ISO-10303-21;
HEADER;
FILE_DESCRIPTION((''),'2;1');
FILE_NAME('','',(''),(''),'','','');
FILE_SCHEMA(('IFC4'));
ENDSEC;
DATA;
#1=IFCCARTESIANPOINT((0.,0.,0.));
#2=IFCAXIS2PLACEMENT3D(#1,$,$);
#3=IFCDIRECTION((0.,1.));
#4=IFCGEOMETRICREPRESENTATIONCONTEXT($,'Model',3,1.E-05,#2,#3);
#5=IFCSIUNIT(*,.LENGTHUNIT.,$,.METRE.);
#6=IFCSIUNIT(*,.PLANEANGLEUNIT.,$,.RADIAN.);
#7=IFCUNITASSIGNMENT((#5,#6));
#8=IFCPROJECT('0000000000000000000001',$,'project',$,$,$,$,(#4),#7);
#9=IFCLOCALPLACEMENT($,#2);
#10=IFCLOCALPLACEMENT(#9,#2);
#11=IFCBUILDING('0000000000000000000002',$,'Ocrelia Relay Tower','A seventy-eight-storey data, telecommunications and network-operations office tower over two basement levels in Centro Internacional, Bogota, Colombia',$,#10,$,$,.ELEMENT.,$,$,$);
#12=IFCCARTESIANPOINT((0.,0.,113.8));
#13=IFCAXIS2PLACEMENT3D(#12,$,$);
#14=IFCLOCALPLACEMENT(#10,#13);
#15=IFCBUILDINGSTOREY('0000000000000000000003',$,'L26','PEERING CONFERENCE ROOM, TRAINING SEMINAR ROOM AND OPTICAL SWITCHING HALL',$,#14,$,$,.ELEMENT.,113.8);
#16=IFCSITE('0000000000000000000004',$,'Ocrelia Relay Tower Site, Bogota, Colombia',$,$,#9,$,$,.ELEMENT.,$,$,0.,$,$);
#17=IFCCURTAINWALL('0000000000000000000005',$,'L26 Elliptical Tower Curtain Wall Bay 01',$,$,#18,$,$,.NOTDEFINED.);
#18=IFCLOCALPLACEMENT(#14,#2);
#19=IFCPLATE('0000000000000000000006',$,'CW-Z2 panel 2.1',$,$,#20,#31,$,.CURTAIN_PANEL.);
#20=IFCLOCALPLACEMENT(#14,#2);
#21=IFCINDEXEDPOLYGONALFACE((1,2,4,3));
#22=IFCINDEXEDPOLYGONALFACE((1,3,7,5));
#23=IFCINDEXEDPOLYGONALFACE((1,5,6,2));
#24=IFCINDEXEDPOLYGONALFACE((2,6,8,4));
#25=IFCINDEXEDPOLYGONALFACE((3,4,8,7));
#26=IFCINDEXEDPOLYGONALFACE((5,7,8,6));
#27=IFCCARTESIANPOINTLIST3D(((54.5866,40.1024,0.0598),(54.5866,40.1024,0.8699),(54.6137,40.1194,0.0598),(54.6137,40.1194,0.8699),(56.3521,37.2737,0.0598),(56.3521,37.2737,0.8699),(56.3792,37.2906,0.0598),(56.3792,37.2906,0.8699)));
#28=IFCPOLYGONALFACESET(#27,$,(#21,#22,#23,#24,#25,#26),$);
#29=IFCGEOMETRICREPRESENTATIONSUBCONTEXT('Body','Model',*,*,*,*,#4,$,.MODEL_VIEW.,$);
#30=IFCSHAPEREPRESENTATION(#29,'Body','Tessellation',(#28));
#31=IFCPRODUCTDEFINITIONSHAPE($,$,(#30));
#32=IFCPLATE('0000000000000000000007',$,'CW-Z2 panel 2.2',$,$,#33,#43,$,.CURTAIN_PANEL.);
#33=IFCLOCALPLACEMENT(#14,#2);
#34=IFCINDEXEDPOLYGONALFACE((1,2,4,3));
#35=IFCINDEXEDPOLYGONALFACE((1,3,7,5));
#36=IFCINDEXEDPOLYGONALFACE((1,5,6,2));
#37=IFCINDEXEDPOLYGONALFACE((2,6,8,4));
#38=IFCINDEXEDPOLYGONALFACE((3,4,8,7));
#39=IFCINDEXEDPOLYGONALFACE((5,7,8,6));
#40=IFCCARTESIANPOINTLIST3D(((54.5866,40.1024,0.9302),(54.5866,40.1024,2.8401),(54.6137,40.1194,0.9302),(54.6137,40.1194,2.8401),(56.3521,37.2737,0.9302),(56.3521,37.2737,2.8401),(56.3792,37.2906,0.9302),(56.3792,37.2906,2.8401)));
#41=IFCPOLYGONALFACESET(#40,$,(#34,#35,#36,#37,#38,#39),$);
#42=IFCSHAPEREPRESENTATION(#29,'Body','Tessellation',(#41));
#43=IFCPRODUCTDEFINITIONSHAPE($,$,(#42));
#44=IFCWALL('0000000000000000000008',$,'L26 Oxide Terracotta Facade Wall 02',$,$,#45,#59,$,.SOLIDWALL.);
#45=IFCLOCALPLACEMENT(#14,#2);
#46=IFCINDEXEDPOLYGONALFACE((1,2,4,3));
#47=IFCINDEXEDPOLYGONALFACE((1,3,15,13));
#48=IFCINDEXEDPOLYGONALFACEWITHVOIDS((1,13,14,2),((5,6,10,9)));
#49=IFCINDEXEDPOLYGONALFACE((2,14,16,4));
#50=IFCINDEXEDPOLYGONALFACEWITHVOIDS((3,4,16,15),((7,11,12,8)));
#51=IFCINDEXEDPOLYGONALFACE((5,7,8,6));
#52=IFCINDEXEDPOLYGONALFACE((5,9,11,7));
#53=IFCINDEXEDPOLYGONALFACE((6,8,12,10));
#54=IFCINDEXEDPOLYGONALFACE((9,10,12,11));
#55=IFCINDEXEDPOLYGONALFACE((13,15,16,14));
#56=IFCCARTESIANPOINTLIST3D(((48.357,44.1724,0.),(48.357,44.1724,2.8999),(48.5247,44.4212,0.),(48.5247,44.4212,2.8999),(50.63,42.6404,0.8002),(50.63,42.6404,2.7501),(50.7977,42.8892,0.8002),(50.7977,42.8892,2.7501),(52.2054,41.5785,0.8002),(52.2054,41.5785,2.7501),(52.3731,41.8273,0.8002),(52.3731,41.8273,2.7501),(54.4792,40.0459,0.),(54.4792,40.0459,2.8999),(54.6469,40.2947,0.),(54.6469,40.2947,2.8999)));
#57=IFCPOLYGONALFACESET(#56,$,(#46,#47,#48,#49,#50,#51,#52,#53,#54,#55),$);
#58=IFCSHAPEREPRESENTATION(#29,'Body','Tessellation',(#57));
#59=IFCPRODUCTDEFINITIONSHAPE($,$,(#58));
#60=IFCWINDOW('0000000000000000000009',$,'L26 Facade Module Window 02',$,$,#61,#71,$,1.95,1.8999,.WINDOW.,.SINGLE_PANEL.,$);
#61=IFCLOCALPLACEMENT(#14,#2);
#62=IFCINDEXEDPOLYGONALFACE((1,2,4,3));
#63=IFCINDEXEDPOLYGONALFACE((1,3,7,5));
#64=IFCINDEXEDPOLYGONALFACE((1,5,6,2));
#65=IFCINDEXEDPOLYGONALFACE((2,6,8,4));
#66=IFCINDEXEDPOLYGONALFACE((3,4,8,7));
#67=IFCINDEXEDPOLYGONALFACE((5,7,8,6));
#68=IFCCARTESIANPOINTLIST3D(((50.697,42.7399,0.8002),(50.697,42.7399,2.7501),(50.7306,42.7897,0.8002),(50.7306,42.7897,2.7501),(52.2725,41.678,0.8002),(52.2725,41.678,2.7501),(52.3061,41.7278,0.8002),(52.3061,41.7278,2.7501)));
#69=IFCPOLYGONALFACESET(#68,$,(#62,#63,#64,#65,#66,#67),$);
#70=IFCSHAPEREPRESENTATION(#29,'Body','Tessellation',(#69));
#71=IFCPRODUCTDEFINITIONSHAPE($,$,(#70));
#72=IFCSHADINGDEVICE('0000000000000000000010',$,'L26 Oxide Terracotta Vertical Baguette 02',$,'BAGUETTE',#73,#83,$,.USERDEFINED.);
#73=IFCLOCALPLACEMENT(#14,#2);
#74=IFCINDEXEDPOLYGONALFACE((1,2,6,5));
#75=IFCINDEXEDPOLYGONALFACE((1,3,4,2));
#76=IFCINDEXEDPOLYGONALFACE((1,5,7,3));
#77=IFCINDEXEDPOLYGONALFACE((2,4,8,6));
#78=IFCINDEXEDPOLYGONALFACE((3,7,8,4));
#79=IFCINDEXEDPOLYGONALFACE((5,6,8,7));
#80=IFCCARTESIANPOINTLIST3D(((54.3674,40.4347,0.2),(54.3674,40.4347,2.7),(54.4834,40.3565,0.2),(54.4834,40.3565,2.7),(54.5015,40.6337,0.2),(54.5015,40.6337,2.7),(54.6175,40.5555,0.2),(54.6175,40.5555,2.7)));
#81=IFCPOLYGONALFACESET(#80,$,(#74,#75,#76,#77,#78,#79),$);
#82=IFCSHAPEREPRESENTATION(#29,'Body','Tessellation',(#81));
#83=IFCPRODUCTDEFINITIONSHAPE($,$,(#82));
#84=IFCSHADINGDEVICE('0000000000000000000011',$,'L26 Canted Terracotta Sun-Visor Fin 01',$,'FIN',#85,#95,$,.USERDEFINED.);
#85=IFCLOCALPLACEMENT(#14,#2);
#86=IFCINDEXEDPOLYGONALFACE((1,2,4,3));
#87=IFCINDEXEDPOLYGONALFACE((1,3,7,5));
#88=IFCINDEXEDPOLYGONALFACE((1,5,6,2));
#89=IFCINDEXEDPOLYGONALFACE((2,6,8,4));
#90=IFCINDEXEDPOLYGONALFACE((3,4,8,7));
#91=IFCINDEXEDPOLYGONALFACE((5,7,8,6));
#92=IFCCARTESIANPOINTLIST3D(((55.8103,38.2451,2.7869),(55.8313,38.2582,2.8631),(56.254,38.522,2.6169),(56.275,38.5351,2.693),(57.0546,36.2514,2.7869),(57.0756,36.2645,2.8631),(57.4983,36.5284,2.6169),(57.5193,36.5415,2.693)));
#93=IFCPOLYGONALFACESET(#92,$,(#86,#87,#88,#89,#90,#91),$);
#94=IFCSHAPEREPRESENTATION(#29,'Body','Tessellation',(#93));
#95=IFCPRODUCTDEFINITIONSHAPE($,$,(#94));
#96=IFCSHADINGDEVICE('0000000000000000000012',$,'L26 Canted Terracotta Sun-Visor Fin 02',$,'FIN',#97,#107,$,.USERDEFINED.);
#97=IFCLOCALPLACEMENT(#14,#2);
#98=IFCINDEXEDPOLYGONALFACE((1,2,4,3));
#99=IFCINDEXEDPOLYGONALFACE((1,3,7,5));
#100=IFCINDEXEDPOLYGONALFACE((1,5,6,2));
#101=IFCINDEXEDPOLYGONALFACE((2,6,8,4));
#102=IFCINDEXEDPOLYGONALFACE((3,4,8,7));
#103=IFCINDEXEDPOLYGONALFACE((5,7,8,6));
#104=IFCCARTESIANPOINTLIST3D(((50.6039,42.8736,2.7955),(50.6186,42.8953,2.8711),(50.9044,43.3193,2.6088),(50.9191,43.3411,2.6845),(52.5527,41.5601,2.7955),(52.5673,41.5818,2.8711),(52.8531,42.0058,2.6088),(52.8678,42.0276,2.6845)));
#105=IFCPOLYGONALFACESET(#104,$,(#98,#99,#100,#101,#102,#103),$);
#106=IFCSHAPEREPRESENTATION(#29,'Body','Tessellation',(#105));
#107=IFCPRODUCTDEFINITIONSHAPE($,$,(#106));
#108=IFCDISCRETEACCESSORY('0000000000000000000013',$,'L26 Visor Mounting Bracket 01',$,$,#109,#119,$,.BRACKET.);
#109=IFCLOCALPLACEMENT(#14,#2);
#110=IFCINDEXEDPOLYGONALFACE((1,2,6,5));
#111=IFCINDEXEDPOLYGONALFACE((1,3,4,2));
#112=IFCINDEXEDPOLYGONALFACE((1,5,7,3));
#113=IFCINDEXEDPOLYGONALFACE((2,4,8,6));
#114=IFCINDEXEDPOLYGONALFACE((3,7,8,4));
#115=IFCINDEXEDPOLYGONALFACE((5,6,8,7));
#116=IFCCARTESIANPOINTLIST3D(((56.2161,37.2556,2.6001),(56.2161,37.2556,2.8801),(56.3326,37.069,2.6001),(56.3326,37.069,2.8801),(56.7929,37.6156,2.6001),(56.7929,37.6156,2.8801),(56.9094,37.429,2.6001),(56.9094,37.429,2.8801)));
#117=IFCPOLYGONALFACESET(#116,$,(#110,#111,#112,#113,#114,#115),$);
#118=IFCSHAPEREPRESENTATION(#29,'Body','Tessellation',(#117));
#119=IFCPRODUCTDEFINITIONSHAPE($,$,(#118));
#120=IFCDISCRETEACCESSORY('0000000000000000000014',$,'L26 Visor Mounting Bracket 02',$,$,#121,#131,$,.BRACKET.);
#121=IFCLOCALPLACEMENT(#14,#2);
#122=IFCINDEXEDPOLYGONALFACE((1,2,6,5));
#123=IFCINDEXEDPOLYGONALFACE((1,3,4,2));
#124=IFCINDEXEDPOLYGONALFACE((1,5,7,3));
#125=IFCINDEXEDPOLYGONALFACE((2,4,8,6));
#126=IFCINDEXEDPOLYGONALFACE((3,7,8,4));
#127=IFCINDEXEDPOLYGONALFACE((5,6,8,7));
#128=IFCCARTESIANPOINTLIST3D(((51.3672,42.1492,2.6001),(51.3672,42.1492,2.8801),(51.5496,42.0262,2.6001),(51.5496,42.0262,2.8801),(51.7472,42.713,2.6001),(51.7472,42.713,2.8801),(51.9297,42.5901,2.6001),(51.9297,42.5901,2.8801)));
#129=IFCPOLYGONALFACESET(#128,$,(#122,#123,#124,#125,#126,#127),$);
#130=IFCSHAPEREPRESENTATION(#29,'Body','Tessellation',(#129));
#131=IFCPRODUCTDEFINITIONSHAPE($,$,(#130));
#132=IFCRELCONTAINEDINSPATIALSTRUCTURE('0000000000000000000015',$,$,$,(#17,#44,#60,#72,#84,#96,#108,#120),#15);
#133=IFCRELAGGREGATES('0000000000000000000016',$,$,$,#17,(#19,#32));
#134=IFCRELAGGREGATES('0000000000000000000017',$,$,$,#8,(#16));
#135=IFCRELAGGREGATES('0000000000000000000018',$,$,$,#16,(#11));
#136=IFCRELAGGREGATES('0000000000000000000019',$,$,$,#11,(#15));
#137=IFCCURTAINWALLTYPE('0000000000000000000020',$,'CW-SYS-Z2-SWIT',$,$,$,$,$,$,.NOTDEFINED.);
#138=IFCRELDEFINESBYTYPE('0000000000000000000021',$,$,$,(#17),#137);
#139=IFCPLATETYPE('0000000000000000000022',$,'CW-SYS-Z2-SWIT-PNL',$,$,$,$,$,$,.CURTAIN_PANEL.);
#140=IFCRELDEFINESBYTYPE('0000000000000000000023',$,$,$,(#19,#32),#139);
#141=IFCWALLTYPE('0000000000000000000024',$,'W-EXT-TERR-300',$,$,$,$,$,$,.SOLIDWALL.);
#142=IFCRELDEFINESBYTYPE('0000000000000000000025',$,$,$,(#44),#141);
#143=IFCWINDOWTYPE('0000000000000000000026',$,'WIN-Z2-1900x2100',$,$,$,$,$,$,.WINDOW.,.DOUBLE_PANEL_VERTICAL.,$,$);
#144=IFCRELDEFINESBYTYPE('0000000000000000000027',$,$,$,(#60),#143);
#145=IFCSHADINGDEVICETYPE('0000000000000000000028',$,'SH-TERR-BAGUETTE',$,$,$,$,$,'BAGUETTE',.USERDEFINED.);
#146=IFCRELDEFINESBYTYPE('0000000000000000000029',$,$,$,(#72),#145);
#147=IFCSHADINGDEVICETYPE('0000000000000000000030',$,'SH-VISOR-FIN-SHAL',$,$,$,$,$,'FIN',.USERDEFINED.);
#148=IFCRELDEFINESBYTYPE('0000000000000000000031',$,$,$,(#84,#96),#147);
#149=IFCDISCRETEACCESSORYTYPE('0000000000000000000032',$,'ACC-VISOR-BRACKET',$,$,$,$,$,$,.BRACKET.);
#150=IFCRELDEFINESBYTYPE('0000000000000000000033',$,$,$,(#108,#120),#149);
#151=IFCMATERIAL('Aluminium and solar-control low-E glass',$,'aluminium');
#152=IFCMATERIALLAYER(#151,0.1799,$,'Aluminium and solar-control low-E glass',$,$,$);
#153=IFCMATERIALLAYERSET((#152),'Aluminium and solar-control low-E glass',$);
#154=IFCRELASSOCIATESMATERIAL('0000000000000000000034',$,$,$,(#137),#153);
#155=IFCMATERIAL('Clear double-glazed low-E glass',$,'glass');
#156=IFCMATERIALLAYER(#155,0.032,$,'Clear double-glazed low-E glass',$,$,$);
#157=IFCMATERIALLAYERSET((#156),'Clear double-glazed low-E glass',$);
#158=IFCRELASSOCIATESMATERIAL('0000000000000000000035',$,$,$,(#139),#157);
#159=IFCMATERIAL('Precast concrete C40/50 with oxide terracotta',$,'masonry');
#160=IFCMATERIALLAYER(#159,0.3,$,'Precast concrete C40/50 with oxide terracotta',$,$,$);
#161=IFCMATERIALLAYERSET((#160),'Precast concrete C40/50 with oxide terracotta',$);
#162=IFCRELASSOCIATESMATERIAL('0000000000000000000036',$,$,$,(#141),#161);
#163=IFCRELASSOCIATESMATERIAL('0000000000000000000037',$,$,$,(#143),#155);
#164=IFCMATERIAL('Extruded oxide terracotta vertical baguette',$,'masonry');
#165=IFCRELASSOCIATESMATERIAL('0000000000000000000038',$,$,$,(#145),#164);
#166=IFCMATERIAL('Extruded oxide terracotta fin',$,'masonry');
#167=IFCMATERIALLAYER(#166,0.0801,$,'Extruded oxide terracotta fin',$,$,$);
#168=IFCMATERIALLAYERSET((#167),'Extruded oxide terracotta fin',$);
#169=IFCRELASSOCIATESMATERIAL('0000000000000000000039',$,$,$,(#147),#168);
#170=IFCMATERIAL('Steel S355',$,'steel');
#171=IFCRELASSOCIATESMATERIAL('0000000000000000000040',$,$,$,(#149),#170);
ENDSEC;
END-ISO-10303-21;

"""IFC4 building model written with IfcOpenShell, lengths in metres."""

from ifc_helpers import new_model, si_unit, direction, frame, frame_2d, origin, origin_2d, place, context, subcontext, project, spatial, rectangle, extrude, material, layer, layer_set, type_object, element, fill, aggregate, save


model = new_model("IFC4")

# Units and contexts
model_context = context("Model", 3, precision=1e-05, world=origin(), true_north=direction((0.0, 1.0)))
body_context = subcontext(model_context, "Body", "Model", "MODEL_VIEW")
ifc_project = project(units=[si_unit("LENGTHUNIT", "METRE"), si_unit("PLANEANGLEUNIT", "RADIAN")], contexts=[model_context])

# Site, building, storey
site_placement = place(None, origin())
site = spatial("IfcSite", under=ifc_project, at=site_placement, Name="Ocrelia Relay Tower Site, Bogota, Colombia", CompositionType="ELEMENT", RefElevation=0.0)
building_placement = place(site_placement, origin())
building = spatial("IfcBuilding", under=site, at=building_placement, Name="Ocrelia Relay Tower", Description="A seventy-eight-storey data, telecommunications and network-operations office tower over two basement levels in Centro Internacional, Bogota, Colombia", CompositionType="ELEMENT")
storey_placement = place(building_placement, frame((0.0, 0.0, 113.8)))
storey = spatial("IfcBuildingStorey", under=building, at=storey_placement, Name="L26", Description="PEERING CONFERENCE ROOM, TRAINING SEMINAR ROOM AND OPTICAL SWITCHING HALL", CompositionType="ELEMENT", Elevation=113.8)

# Shared definitions
ifc_material_1 = material(Name="Steel S355", Category="steel")

# Curtain wall, plates
ifc_material_2 = material(Name="Aluminium and solar-control low-E glass", Category="aluminium")
ifc_layer_1 = layer(ifc_material_2, 0.1799, Name="Aluminium and solar-control low-E glass")
ifc_layer_set_1 = layer_set([ifc_layer_1], Name="Aluminium and solar-control low-E glass")
curtain_wall_type = type_object("IfcCurtainWallType", Name="CW-SYS-Z2-SWIT", PredefinedType="NOTDEFINED", material=ifc_layer_set_1)
curtain_wall_placement = place(storey_placement, origin())
curtain_wall = element("IfcCurtainWall", 1, at=curtain_wall_placement, inside=storey, type_object=curtain_wall_type, Name="L26 Elliptical Tower Curtain Wall Bay 01", PredefinedType="NOTDEFINED")
ifc_material_3 = material(Name="Clear double-glazed low-E glass", Category="glass")
ifc_layer_2 = layer(ifc_material_3, 0.032, Name="Clear double-glazed low-E glass")
ifc_layer_set_2 = layer_set([ifc_layer_2], Name="Clear double-glazed low-E glass")
plate_type = type_object("IfcPlateType", Name="CW-SYS-Z2-SWIT-PNL", PredefinedType="CURTAIN_PANEL", material=ifc_layer_set_2)
plate_1_placement = place(storey_placement, frame((55.4829, 38.6965, 0.0598), z_axis=(0.0, 0.0, 1.0), x_axis=(-0.529468, 0.84833, 0.0)))
plate_1 = element("IfcPlate", 2, at=plate_1_placement, type_object=plate_type, Name="CW-Z2 panel 2.1", PredefinedType="CURTAIN_PANEL", context=body_context, shape_type="SweptSolid", body=[
    extrude(rectangle(XDim=3.3345, YDim=0.032, at=origin_2d()), origin(), (0.0, 0.0, 1.0), 0.8101),
])
plate_2_placement = place(storey_placement, frame((55.4829, 38.6965, 0.9302), z_axis=(0.0, 0.0, 1.0), x_axis=(-0.529468, 0.84833, 0.0)))
plate_2 = element("IfcPlate", 3, at=plate_2_placement, type_object=plate_type, Name="CW-Z2 panel 2.2", PredefinedType="CURTAIN_PANEL", context=body_context, shape_type="SweptSolid", body=[
    extrude(rectangle(XDim=3.3345, YDim=0.032, at=origin_2d()), origin(), (0.0, 0.0, 1.0), 1.9099),
])
aggregate(curtain_wall, [plate_1, plate_2])

# Wall, opening, window
ifc_material_4 = material(Name="Precast concrete C40/50 with oxide terracotta", Category="masonry")
ifc_layer_3 = layer(ifc_material_4, 0.3, Name="Precast concrete C40/50 with oxide terracotta")
ifc_layer_set_3 = layer_set([ifc_layer_3], Name="Precast concrete C40/50 with oxide terracotta")
wall_type = type_object("IfcWallType", Name="W-EXT-TERR-300", PredefinedType="SOLIDWALL", material=ifc_layer_set_3)
wall_placement = place(storey_placement, frame((54.563, 40.1704, 0.0), z_axis=(0.0, 0.0, 1.0), x_axis=(-0.829231, 0.558905, 0.0)))
wall = element("IfcWall", 4, at=wall_placement, inside=storey, type_object=wall_type, Name="L26 Oxide Terracotta Facade Wall 02", PredefinedType="SOLIDWALL", context=body_context, shape_type="SweptSolid", body=[
    extrude(rectangle(XDim=7.3831, YDim=0.3, at=frame_2d((3.6914, 0.0))), origin(), (0.0, 0.0, 1.0), 2.8999),
])
opening_placement = place(wall_placement, frame((2.7419, 0.0, 0.8)))
opening = element("IfcOpeningElement", 5, at=opening_placement, cuts=wall, PredefinedType="OPENING", context=body_context, shape_type="SweptSolid", body=[
    extrude(rectangle(XDim=1.8999, YDim=1.95, at=frame_2d((0.95, 0.9751))), frame((0.0, 0.1602, 0.0), z_axis=(0.0, -1.0, 0.0), x_axis=(1.0, 0.0, 0.0)), (0.0, 0.0, 1.0), 0.3201),
])
window_type = type_object("IfcWindowType", Name="WIN-Z2-1900x2100", PartitioningType="DOUBLE_PANEL_VERTICAL", PredefinedType="WINDOW", material=ifc_material_3)
window_placement = place(opening_placement, origin())
window = element("IfcWindow", 6, at=window_placement, inside=storey, type_object=window_type, Name="L26 Facade Module Window 02", OverallHeight=1.95, OverallWidth=1.8999, PartitioningType="SINGLE_PANEL", PredefinedType="WINDOW", context=body_context, shape_type="SweptSolid", body=[
    extrude(rectangle(XDim=1.8999, YDim=1.95, at=frame_2d((0.95, 0.9751))), frame((0.0, 0.03, 0.0), z_axis=(0.0, -1.0, 0.0), x_axis=(1.0, 0.0, 0.0)), (0.0, 0.0, 1.0), 0.0601),
])
fill(opening, window)

# Shading devices
ifc_material_5 = material(Name="Extruded oxide terracotta vertical baguette", Category="masonry")
shading_device_type_1 = type_object("IfcShadingDeviceType", Name="SH-TERR-BAGUETTE", ElementType="BAGUETTE", PredefinedType="USERDEFINED", material=ifc_material_5)
shading_device_1_placement = place(storey_placement, frame((54.4924, 40.4951, 0.2), z_axis=(0.0, 0.0, 1.0), x_axis=(-0.829227, 0.558913, 0.0)))
element("IfcShadingDevice", 7, at=shading_device_1_placement, inside=storey, type_object=shading_device_type_1, Name="L26 Oxide Terracotta Vertical Baguette 02", ObjectType="BAGUETTE", PredefinedType="USERDEFINED", context=body_context, shape_type="SweptSolid", body=[
    extrude(rectangle(XDim=0.1399, YDim=0.24, at=origin_2d()), origin(), (0.0, 0.0, 1.0), 2.5),
])
ifc_material_6 = material(Name="Extruded oxide terracotta fin", Category="masonry")
ifc_layer_4 = layer(ifc_material_6, 0.0801, Name="Extruded oxide terracotta fin")
ifc_layer_set_4 = layer_set([ifc_layer_4], Name="Extruded oxide terracotta fin")
shading_device_type_2 = type_object("IfcShadingDeviceType", Name="SH-VISOR-FIN-SHAL", ElementType="FIN", PredefinedType="USERDEFINED", material=ifc_layer_set_4)
shading_device_2_placement = place(storey_placement, frame((56.6543, 37.3867, 2.7019), z_axis=(0.262289, 0.163703, 0.951003), x_axis=(-0.529468, 0.84833, 0.0)))
element("IfcShadingDevice", 8, at=shading_device_2_placement, inside=storey, type_object=shading_device_type_2, Name="L26 Canted Terracotta Sun-Visor Fin 01", ObjectType="FIN", PredefinedType="USERDEFINED", context=body_context, shape_type="SweptSolid", body=[
    extrude(rectangle(XDim=2.3501, YDim=0.55, at=origin_2d()), origin(), (0.0, 0.0, 1.0), 0.0801),
])
shading_device_3_placement = place(storey_placement, frame((51.7285, 42.4397, 2.7021), z_axis=(0.183347, 0.272021, 0.944663), x_axis=(-0.829227, 0.558913, 0.0)))
element("IfcShadingDevice", 9, at=shading_device_3_placement, inside=storey, type_object=shading_device_type_2, Name="L26 Canted Terracotta Sun-Visor Fin 02", ObjectType="FIN", PredefinedType="USERDEFINED", context=body_context, shape_type="SweptSolid", body=[
    extrude(rectangle(XDim=2.3501, YDim=0.5691, at=origin_2d()), origin(), (0.0, 0.0, 1.0), 0.0801),
])

# Discrete accessories
discrete_accessory_type = type_object("IfcDiscreteAccessoryType", Name="ACC-VISOR-BRACKET", PredefinedType="BRACKET", material=ifc_material_1)
for number, where, z_axis, x_axis, name in (
    (10, (56.5627, 37.3423, 2.6001), (0.0, 0.0, 1.0), (-0.529468, 0.84833, 0.0), "L26 Visor Mounting Bracket 01"),
    (11, (51.6484, 42.3696, 2.6001), (0.0, 0.0, 1.0), (-0.829227, 0.558913, 0.0), "L26 Visor Mounting Bracket 02"),
):
    element("IfcDiscreteAccessory", number, at=place(storey_placement, frame(where, z_axis=z_axis, x_axis=x_axis)), inside=storey, type_object=discrete_accessory_type, Name=name, PredefinedType="BRACKET", context=body_context, shape_type="SweptSolid", body=[
        extrude(rectangle(XDim=0.22, YDim=0.6799, at=origin_2d()), origin(), (0.0, 0.0, 1.0), 0.28),
    ])

save(model, "model.ifc")
